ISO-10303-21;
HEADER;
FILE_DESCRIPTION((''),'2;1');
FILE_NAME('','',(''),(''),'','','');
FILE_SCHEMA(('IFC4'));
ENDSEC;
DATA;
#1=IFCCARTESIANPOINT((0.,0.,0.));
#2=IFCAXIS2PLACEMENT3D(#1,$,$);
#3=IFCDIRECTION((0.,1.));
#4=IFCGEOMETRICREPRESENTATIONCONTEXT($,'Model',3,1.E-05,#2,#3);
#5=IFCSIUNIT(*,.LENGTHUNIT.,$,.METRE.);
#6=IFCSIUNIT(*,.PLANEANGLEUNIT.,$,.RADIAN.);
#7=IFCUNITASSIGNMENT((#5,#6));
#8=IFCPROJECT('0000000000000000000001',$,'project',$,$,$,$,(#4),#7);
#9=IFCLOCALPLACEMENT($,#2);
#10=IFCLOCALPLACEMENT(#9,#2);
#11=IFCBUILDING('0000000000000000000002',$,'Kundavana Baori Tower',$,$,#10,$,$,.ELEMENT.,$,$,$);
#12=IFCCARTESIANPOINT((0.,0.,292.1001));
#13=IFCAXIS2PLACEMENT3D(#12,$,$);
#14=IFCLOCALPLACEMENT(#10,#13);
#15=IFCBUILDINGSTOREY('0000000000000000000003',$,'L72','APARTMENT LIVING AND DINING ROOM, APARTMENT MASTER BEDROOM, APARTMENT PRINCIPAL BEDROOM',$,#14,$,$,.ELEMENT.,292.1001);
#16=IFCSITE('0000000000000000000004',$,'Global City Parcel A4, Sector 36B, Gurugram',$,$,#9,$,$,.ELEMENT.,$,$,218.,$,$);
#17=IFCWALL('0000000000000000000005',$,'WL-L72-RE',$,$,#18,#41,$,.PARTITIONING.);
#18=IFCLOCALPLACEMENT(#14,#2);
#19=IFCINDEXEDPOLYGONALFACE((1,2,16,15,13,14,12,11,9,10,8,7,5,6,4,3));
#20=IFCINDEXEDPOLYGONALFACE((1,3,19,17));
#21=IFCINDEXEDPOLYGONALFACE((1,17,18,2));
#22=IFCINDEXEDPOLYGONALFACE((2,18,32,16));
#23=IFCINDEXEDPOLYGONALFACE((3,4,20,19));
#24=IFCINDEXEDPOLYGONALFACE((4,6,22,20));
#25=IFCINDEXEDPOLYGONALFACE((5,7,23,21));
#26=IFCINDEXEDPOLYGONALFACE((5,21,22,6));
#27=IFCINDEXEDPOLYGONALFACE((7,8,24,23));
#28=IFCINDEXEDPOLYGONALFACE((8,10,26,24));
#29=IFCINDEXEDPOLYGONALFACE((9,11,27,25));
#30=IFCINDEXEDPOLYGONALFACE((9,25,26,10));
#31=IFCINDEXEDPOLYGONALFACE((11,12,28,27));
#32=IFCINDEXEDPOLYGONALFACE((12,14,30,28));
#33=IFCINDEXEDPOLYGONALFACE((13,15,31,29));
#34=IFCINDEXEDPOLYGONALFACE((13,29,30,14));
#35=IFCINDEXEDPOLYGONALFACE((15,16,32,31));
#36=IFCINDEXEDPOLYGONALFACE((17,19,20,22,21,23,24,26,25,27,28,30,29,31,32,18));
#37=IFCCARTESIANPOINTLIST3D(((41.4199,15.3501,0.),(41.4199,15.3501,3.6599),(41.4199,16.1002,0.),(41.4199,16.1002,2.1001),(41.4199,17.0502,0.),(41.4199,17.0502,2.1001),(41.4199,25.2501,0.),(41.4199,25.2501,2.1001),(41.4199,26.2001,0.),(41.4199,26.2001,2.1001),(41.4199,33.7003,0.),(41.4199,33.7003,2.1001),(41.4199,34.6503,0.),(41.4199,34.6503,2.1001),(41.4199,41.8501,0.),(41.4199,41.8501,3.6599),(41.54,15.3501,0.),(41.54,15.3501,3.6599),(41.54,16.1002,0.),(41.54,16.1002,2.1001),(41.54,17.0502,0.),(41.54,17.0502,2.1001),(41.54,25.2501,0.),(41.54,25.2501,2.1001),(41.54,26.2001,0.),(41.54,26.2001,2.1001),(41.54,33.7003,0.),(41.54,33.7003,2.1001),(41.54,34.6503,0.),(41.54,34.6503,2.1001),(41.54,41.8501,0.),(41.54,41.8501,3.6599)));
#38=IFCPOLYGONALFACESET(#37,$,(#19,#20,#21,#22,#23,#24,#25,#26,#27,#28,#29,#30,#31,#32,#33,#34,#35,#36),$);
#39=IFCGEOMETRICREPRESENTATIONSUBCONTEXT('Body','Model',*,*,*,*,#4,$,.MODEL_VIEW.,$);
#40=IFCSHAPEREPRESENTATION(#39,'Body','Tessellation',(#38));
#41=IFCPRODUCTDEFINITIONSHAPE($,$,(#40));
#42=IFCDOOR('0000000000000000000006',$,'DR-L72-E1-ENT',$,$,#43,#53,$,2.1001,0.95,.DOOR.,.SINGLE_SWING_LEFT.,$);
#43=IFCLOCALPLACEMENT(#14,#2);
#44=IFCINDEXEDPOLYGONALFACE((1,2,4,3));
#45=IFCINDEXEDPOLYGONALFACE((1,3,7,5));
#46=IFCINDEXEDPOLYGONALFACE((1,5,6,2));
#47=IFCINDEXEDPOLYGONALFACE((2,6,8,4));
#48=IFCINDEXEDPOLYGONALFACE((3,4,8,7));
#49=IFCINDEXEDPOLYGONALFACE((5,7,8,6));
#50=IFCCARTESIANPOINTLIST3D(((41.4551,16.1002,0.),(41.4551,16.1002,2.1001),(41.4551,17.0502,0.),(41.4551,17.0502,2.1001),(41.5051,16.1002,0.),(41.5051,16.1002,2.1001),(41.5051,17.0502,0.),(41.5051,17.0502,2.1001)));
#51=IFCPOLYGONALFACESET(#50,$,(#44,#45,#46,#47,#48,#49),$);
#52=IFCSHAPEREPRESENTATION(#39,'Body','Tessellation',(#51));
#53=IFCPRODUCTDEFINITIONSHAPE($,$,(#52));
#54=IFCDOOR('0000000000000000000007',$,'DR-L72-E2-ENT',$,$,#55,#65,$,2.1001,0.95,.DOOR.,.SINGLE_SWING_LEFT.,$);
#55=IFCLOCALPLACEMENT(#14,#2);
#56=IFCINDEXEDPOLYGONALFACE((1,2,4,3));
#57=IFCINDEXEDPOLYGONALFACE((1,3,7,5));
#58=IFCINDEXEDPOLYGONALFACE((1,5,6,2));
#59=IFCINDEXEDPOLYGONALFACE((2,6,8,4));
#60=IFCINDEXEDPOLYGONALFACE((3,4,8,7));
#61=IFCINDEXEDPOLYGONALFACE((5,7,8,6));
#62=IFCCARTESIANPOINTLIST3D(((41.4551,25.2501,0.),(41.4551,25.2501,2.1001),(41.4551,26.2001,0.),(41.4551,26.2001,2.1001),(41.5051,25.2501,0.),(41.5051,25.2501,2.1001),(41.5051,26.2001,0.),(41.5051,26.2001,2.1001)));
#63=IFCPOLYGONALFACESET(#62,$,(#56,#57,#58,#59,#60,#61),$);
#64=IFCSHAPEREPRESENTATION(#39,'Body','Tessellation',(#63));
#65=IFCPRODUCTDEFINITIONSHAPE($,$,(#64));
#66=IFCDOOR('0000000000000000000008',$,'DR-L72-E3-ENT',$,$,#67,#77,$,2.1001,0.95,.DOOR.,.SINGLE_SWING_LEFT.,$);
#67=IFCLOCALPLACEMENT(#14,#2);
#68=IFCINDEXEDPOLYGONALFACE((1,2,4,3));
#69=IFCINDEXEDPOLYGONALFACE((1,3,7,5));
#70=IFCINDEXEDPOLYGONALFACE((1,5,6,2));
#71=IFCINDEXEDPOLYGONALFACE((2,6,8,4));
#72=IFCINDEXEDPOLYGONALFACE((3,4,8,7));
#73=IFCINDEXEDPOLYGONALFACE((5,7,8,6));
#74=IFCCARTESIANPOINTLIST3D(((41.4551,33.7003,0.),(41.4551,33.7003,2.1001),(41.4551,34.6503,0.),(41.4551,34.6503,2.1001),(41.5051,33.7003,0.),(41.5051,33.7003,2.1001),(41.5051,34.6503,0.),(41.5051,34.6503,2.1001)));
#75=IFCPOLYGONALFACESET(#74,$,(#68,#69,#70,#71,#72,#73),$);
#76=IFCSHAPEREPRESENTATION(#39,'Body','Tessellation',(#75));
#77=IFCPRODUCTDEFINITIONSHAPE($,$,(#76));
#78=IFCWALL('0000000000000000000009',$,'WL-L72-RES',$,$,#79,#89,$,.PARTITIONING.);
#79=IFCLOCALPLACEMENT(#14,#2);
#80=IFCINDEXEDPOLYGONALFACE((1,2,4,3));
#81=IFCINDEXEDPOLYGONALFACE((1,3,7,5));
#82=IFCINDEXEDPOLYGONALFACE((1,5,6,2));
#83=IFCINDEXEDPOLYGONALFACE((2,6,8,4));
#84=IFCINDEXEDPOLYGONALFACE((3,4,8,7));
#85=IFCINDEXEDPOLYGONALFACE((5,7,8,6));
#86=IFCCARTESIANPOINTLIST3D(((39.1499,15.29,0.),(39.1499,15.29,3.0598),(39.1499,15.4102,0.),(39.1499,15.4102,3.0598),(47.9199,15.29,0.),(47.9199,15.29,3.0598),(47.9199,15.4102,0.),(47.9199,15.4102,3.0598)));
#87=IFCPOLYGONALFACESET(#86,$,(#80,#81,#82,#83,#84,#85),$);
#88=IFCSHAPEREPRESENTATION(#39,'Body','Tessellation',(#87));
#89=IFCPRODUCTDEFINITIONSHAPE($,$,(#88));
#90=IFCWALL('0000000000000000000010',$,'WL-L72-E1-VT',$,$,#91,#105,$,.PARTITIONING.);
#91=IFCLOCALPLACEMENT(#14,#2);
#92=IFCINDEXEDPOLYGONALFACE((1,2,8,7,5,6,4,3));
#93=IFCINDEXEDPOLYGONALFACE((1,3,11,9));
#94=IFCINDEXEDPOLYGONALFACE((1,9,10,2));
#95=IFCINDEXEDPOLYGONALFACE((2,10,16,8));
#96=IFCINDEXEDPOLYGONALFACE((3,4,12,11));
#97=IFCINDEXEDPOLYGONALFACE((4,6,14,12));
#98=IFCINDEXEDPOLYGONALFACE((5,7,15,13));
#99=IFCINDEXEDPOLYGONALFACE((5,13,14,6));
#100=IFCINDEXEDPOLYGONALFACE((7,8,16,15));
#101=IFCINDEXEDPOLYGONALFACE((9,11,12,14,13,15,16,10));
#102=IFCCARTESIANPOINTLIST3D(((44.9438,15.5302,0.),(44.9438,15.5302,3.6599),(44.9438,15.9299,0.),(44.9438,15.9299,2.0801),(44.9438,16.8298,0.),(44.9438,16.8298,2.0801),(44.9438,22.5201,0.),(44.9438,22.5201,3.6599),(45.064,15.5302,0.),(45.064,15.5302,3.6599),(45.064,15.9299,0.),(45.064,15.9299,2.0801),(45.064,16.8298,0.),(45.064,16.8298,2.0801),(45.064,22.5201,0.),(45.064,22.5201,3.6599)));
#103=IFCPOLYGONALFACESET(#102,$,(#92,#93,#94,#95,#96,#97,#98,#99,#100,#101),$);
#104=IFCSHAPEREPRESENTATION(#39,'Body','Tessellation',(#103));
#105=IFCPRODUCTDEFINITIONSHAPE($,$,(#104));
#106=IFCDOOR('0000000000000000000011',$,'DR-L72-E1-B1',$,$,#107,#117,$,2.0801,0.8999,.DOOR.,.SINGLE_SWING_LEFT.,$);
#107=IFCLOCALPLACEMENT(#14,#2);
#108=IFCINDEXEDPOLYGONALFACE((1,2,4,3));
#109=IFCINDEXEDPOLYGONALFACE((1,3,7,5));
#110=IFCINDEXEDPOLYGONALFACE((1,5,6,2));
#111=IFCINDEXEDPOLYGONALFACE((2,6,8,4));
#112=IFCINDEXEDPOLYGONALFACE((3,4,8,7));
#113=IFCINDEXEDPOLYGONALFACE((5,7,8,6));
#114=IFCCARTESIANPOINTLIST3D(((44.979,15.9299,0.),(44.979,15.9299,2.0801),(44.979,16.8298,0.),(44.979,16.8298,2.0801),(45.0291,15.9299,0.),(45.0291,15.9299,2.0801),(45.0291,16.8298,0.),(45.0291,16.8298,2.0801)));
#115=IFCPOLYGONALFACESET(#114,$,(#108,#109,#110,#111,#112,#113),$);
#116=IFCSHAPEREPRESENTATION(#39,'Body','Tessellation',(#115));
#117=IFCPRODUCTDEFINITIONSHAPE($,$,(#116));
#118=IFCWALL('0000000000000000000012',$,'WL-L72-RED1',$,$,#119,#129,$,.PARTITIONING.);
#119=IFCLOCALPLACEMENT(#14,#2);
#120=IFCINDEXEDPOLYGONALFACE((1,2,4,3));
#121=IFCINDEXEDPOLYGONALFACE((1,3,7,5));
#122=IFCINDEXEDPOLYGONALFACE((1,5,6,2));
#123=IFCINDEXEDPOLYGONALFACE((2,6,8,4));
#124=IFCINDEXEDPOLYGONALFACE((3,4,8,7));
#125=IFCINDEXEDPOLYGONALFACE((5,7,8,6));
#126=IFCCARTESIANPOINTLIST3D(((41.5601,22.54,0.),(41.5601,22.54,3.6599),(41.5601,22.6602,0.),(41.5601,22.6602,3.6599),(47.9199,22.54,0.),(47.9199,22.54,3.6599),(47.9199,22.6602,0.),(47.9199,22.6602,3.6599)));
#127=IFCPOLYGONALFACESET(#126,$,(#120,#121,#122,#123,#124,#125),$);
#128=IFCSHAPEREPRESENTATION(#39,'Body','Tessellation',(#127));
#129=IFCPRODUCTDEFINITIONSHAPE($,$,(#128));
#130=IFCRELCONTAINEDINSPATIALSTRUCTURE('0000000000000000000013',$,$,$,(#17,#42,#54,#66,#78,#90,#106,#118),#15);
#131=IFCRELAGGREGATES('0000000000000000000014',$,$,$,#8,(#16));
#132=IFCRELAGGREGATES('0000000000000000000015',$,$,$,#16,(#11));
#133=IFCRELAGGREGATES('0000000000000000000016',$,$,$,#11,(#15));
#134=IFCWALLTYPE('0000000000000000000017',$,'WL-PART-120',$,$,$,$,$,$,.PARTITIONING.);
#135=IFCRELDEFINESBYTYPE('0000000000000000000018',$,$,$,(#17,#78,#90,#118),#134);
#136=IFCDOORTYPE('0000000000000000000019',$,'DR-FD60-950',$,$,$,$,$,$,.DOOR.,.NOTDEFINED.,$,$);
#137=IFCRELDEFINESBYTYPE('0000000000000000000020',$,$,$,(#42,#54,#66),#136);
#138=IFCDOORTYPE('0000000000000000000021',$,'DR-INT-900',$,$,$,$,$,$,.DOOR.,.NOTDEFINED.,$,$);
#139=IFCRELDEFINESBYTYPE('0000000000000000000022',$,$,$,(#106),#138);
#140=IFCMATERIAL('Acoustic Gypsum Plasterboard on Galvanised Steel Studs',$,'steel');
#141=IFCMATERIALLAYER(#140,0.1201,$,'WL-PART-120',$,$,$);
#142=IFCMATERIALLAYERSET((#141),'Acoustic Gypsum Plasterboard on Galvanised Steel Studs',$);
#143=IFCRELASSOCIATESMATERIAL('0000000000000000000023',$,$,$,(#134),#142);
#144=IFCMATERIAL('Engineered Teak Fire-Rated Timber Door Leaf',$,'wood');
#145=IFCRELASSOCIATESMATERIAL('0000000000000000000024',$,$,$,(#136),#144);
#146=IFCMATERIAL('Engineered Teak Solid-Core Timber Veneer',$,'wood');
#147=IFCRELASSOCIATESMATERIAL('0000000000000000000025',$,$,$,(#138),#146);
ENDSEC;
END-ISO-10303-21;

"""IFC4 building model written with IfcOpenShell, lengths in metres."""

from ifc_helpers import new_model, si_unit, direction, frame, frame_2d, origin, place, context, subcontext, project, spatial, rectangle, extrude, material, layer, layer_set, type_object, element, fill, save


model = new_model("IFC4")

# Units and contexts
model_context = context("Model", 3, precision=1e-05, world=origin(), true_north=direction((0.0, 1.0)))
body_context = subcontext(model_context, "Body", "Model", "MODEL_VIEW")
ifc_project = project(units=[si_unit("LENGTHUNIT", "METRE"), si_unit("PLANEANGLEUNIT", "RADIAN")], contexts=[model_context])

# Site, building, storey
site_placement = place(None, origin())
site = spatial("IfcSite", under=ifc_project, at=site_placement, Name="Global City Parcel A4, Sector 36B, Gurugram", CompositionType="ELEMENT", RefElevation=218.0)
building_placement = place(site_placement, origin())
building = spatial("IfcBuilding", under=site, at=building_placement, Name="Kundavana Baori Tower", CompositionType="ELEMENT")
storey_placement = place(building_placement, frame((0.0, 0.0, 292.1001)))
storey = spatial("IfcBuildingStorey", under=building, at=storey_placement, Name="L72", Description="APARTMENT LIVING AND DINING ROOM, APARTMENT MASTER BEDROOM, APARTMENT PRINCIPAL BEDROOM", CompositionType="ELEMENT", Elevation=292.1001)

# Wall, openings, doors
ifc_material_1 = material(Name="Acoustic Gypsum Plasterboard on Galvanised Steel Studs", Category="steel")
ifc_layer_1 = layer(ifc_material_1, 0.1201, Name="WL-PART-120")
ifc_layer_set_1 = layer_set([ifc_layer_1], Name="Acoustic Gypsum Plasterboard on Galvanised Steel Studs")
wall_type_1 = type_object("IfcWallType", Name="WL-PART-120", PredefinedType="PARTITIONING", material=ifc_layer_set_1)
wall_1_placement = place(storey_placement, frame((41.48, 15.3501, 0.0), z_axis=(0.0, 0.0, 1.0), x_axis=(0.0, 1.0, 0.0)))
wall_1 = element("IfcWall", 1, at=wall_1_placement, inside=storey, type_object=wall_type_1, Name="WL-L72-RE", PredefinedType="PARTITIONING", context=body_context, shape_type="SweptSolid", body=[
    extrude(rectangle(XDim=26.5, YDim=0.1201, at=frame_2d((13.25, 0.0))), origin(), (0.0, 0.0, 1.0), 3.6599),
])
opening_1_placement = place(wall_1_placement, frame((0.75, 0.0, 0.0)))
opening_1 = element("IfcOpeningElement", 2, at=opening_1_placement, cuts=wall_1, PredefinedType="OPENING", context=body_context, shape_type="SweptSolid", body=[
    extrude(rectangle(XDim=0.95, YDim=2.1001, at=frame_2d((0.4751, 1.05))), frame((0.0, 0.0701, 0.0), z_axis=(0.0, -1.0, 0.0), x_axis=(1.0, 0.0, 0.0)), (0.0, 0.0, 1.0), 0.1401),
])
opening_2_placement = place(wall_1_placement, frame((9.8999, 0.0, 0.0)))
opening_2 = element("IfcOpeningElement", 3, at=opening_2_placement, cuts=wall_1, PredefinedType="OPENING", context=body_context, shape_type="SweptSolid", body=[
    extrude(rectangle(XDim=0.95, YDim=2.1001, at=frame_2d((0.4751, 1.05))), frame((0.0, 0.0701, 0.0), z_axis=(0.0, -1.0, 0.0), x_axis=(1.0, 0.0, 0.0)), (0.0, 0.0, 1.0), 0.1401),
])
opening_3_placement = place(wall_1_placement, frame((18.3501, 0.0, 0.0)))
opening_3 = element("IfcOpeningElement", 4, at=opening_3_placement, cuts=wall_1, PredefinedType="OPENING", context=body_context, shape_type="SweptSolid", body=[
    extrude(rectangle(XDim=0.95, YDim=2.1001, at=frame_2d((0.4751, 1.05))), frame((0.0, 0.0701, 0.0), z_axis=(0.0, -1.0, 0.0), x_axis=(1.0, 0.0, 0.0)), (0.0, 0.0, 1.0), 0.1401),
])
ifc_material_2 = material(Name="Engineered Teak Fire-Rated Timber Door Leaf", Category="wood")
door_type_1 = type_object("IfcDoorType", Name="DR-FD60-950", OperationType="NOTDEFINED", PredefinedType="DOOR", material=ifc_material_2)
door_1_placement = place(opening_1_placement, origin())
door_1 = element("IfcDoor", 5, at=door_1_placement, inside=storey, type_object=door_type_1, Name="DR-L72-E1-ENT", OperationType="SINGLE_SWING_LEFT", OverallHeight=2.1001, OverallWidth=0.95, PredefinedType="DOOR", context=body_context, shape_type="SweptSolid", body=[
    extrude(rectangle(XDim=0.95, YDim=2.1001, at=frame_2d((0.4751, 1.05))), frame((0.0, 0.0249, 0.0), z_axis=(0.0, -1.0, 0.0), x_axis=(1.0, 0.0, 0.0)), (0.0, 0.0, 1.0), 0.05),
])
fill(opening_1, door_1)
door_2_placement = place(opening_2_placement, origin())
door_2 = element("IfcDoor", 6, at=door_2_placement, inside=storey, type_object=door_type_1, Name="DR-L72-E2-ENT", OperationType="SINGLE_SWING_LEFT", OverallHeight=2.1001, OverallWidth=0.95, PredefinedType="DOOR", context=body_context, shape_type="SweptSolid", body=[
    extrude(rectangle(XDim=0.95, YDim=2.1001, at=frame_2d((0.4751, 1.05))), frame((0.0, 0.0249, 0.0), z_axis=(0.0, -1.0, 0.0), x_axis=(1.0, 0.0, 0.0)), (0.0, 0.0, 1.0), 0.05),
])
fill(opening_2, door_2)
door_3_placement = place(opening_3_placement, origin())
door_3 = element("IfcDoor", 7, at=door_3_placement, inside=storey, type_object=door_type_1, Name="DR-L72-E3-ENT", OperationType="SINGLE_SWING_LEFT", OverallHeight=2.1001, OverallWidth=0.95, PredefinedType="DOOR", context=body_context, shape_type="SweptSolid", body=[
    extrude(rectangle(XDim=0.95, YDim=2.1001, at=frame_2d((0.4751, 1.05))), frame((0.0, 0.0249, 0.0), z_axis=(0.0, -1.0, 0.0), x_axis=(1.0, 0.0, 0.0)), (0.0, 0.0, 1.0), 0.05),
])
fill(opening_3, door_3)

# Wall
wall_2_placement = place(storey_placement, frame((39.1499, 15.3501, 0.0), z_axis=(0.0, 0.0, 1.0), x_axis=(1.0, 0.0, 0.0)))
element("IfcWall", 8, at=wall_2_placement, inside=storey, type_object=wall_type_1, Name="WL-L72-RES", PredefinedType="PARTITIONING", context=body_context, shape_type="SweptSolid", body=[
    extrude(rectangle(XDim=8.77, YDim=0.1201, at=frame_2d((4.385, 0.0))), origin(), (0.0, 0.0, 1.0), 3.0598),
])

# Wall, opening, door
wall_3_placement = place(storey_placement, frame((45.0039, 15.53, 0.0), z_axis=(0.0, 0.0, 1.0), x_axis=(0.0, 1.0, 0.0)))
wall_3 = element("IfcWall", 9, at=wall_3_placement, inside=storey, type_object=wall_type_1, Name="WL-L72-E1-VT", PredefinedType="PARTITIONING", context=body_context, shape_type="SweptSolid", body=[
    extrude(rectangle(XDim=6.99, YDim=0.1201, at=frame_2d((3.4951, 0.0))), origin(), (0.0, 0.0, 1.0), 3.6599),
])
opening_4_placement = place(wall_3_placement, frame((0.3999, 0.0, 0.0)))
opening_4 = element("IfcOpeningElement", 10, at=opening_4_placement, cuts=wall_3, PredefinedType="OPENING", context=body_context, shape_type="SweptSolid", body=[
    extrude(rectangle(XDim=0.8999, YDim=2.0801, at=frame_2d((0.45, 1.04))), frame((0.0, 0.0701, 0.0), z_axis=(0.0, -1.0, 0.0), x_axis=(1.0, 0.0, 0.0)), (0.0, 0.0, 1.0), 0.1401),
])
ifc_material_3 = material(Name="Engineered Teak Solid-Core Timber Veneer", Category="wood")
door_type_2 = type_object("IfcDoorType", Name="DR-INT-900", OperationType="NOTDEFINED", PredefinedType="DOOR", material=ifc_material_3)
door_4_placement = place(opening_4_placement, origin())
door_4 = element("IfcDoor", 11, at=door_4_placement, inside=storey, type_object=door_type_2, Name="DR-L72-E1-B1", OperationType="SINGLE_SWING_LEFT", OverallHeight=2.0801, OverallWidth=0.8999, PredefinedType="DOOR", context=body_context, shape_type="SweptSolid", body=[
    extrude(rectangle(XDim=0.8999, YDim=2.0801, at=frame_2d((0.45, 1.04))), frame((0.0, 0.0249, 0.0), z_axis=(0.0, -1.0, 0.0), x_axis=(1.0, 0.0, 0.0)), (0.0, 0.0, 1.0), 0.05),
])
fill(opening_4, door_4)

# Wall
wall_4_placement = place(storey_placement, frame((41.5601, 22.6001, 0.0), z_axis=(0.0, 0.0, 1.0), x_axis=(1.0, 0.0, 0.0)))
element("IfcWall", 12, at=wall_4_placement, inside=storey, type_object=wall_type_1, Name="WL-L72-RED1", PredefinedType="PARTITIONING", context=body_context, shape_type="SweptSolid", body=[
    extrude(rectangle(XDim=6.3599, YDim=0.1201, at=frame_2d((3.1799, 0.0))), origin(), (0.0, 0.0, 1.0), 3.6599),
])

save(model, "model.ifc")
